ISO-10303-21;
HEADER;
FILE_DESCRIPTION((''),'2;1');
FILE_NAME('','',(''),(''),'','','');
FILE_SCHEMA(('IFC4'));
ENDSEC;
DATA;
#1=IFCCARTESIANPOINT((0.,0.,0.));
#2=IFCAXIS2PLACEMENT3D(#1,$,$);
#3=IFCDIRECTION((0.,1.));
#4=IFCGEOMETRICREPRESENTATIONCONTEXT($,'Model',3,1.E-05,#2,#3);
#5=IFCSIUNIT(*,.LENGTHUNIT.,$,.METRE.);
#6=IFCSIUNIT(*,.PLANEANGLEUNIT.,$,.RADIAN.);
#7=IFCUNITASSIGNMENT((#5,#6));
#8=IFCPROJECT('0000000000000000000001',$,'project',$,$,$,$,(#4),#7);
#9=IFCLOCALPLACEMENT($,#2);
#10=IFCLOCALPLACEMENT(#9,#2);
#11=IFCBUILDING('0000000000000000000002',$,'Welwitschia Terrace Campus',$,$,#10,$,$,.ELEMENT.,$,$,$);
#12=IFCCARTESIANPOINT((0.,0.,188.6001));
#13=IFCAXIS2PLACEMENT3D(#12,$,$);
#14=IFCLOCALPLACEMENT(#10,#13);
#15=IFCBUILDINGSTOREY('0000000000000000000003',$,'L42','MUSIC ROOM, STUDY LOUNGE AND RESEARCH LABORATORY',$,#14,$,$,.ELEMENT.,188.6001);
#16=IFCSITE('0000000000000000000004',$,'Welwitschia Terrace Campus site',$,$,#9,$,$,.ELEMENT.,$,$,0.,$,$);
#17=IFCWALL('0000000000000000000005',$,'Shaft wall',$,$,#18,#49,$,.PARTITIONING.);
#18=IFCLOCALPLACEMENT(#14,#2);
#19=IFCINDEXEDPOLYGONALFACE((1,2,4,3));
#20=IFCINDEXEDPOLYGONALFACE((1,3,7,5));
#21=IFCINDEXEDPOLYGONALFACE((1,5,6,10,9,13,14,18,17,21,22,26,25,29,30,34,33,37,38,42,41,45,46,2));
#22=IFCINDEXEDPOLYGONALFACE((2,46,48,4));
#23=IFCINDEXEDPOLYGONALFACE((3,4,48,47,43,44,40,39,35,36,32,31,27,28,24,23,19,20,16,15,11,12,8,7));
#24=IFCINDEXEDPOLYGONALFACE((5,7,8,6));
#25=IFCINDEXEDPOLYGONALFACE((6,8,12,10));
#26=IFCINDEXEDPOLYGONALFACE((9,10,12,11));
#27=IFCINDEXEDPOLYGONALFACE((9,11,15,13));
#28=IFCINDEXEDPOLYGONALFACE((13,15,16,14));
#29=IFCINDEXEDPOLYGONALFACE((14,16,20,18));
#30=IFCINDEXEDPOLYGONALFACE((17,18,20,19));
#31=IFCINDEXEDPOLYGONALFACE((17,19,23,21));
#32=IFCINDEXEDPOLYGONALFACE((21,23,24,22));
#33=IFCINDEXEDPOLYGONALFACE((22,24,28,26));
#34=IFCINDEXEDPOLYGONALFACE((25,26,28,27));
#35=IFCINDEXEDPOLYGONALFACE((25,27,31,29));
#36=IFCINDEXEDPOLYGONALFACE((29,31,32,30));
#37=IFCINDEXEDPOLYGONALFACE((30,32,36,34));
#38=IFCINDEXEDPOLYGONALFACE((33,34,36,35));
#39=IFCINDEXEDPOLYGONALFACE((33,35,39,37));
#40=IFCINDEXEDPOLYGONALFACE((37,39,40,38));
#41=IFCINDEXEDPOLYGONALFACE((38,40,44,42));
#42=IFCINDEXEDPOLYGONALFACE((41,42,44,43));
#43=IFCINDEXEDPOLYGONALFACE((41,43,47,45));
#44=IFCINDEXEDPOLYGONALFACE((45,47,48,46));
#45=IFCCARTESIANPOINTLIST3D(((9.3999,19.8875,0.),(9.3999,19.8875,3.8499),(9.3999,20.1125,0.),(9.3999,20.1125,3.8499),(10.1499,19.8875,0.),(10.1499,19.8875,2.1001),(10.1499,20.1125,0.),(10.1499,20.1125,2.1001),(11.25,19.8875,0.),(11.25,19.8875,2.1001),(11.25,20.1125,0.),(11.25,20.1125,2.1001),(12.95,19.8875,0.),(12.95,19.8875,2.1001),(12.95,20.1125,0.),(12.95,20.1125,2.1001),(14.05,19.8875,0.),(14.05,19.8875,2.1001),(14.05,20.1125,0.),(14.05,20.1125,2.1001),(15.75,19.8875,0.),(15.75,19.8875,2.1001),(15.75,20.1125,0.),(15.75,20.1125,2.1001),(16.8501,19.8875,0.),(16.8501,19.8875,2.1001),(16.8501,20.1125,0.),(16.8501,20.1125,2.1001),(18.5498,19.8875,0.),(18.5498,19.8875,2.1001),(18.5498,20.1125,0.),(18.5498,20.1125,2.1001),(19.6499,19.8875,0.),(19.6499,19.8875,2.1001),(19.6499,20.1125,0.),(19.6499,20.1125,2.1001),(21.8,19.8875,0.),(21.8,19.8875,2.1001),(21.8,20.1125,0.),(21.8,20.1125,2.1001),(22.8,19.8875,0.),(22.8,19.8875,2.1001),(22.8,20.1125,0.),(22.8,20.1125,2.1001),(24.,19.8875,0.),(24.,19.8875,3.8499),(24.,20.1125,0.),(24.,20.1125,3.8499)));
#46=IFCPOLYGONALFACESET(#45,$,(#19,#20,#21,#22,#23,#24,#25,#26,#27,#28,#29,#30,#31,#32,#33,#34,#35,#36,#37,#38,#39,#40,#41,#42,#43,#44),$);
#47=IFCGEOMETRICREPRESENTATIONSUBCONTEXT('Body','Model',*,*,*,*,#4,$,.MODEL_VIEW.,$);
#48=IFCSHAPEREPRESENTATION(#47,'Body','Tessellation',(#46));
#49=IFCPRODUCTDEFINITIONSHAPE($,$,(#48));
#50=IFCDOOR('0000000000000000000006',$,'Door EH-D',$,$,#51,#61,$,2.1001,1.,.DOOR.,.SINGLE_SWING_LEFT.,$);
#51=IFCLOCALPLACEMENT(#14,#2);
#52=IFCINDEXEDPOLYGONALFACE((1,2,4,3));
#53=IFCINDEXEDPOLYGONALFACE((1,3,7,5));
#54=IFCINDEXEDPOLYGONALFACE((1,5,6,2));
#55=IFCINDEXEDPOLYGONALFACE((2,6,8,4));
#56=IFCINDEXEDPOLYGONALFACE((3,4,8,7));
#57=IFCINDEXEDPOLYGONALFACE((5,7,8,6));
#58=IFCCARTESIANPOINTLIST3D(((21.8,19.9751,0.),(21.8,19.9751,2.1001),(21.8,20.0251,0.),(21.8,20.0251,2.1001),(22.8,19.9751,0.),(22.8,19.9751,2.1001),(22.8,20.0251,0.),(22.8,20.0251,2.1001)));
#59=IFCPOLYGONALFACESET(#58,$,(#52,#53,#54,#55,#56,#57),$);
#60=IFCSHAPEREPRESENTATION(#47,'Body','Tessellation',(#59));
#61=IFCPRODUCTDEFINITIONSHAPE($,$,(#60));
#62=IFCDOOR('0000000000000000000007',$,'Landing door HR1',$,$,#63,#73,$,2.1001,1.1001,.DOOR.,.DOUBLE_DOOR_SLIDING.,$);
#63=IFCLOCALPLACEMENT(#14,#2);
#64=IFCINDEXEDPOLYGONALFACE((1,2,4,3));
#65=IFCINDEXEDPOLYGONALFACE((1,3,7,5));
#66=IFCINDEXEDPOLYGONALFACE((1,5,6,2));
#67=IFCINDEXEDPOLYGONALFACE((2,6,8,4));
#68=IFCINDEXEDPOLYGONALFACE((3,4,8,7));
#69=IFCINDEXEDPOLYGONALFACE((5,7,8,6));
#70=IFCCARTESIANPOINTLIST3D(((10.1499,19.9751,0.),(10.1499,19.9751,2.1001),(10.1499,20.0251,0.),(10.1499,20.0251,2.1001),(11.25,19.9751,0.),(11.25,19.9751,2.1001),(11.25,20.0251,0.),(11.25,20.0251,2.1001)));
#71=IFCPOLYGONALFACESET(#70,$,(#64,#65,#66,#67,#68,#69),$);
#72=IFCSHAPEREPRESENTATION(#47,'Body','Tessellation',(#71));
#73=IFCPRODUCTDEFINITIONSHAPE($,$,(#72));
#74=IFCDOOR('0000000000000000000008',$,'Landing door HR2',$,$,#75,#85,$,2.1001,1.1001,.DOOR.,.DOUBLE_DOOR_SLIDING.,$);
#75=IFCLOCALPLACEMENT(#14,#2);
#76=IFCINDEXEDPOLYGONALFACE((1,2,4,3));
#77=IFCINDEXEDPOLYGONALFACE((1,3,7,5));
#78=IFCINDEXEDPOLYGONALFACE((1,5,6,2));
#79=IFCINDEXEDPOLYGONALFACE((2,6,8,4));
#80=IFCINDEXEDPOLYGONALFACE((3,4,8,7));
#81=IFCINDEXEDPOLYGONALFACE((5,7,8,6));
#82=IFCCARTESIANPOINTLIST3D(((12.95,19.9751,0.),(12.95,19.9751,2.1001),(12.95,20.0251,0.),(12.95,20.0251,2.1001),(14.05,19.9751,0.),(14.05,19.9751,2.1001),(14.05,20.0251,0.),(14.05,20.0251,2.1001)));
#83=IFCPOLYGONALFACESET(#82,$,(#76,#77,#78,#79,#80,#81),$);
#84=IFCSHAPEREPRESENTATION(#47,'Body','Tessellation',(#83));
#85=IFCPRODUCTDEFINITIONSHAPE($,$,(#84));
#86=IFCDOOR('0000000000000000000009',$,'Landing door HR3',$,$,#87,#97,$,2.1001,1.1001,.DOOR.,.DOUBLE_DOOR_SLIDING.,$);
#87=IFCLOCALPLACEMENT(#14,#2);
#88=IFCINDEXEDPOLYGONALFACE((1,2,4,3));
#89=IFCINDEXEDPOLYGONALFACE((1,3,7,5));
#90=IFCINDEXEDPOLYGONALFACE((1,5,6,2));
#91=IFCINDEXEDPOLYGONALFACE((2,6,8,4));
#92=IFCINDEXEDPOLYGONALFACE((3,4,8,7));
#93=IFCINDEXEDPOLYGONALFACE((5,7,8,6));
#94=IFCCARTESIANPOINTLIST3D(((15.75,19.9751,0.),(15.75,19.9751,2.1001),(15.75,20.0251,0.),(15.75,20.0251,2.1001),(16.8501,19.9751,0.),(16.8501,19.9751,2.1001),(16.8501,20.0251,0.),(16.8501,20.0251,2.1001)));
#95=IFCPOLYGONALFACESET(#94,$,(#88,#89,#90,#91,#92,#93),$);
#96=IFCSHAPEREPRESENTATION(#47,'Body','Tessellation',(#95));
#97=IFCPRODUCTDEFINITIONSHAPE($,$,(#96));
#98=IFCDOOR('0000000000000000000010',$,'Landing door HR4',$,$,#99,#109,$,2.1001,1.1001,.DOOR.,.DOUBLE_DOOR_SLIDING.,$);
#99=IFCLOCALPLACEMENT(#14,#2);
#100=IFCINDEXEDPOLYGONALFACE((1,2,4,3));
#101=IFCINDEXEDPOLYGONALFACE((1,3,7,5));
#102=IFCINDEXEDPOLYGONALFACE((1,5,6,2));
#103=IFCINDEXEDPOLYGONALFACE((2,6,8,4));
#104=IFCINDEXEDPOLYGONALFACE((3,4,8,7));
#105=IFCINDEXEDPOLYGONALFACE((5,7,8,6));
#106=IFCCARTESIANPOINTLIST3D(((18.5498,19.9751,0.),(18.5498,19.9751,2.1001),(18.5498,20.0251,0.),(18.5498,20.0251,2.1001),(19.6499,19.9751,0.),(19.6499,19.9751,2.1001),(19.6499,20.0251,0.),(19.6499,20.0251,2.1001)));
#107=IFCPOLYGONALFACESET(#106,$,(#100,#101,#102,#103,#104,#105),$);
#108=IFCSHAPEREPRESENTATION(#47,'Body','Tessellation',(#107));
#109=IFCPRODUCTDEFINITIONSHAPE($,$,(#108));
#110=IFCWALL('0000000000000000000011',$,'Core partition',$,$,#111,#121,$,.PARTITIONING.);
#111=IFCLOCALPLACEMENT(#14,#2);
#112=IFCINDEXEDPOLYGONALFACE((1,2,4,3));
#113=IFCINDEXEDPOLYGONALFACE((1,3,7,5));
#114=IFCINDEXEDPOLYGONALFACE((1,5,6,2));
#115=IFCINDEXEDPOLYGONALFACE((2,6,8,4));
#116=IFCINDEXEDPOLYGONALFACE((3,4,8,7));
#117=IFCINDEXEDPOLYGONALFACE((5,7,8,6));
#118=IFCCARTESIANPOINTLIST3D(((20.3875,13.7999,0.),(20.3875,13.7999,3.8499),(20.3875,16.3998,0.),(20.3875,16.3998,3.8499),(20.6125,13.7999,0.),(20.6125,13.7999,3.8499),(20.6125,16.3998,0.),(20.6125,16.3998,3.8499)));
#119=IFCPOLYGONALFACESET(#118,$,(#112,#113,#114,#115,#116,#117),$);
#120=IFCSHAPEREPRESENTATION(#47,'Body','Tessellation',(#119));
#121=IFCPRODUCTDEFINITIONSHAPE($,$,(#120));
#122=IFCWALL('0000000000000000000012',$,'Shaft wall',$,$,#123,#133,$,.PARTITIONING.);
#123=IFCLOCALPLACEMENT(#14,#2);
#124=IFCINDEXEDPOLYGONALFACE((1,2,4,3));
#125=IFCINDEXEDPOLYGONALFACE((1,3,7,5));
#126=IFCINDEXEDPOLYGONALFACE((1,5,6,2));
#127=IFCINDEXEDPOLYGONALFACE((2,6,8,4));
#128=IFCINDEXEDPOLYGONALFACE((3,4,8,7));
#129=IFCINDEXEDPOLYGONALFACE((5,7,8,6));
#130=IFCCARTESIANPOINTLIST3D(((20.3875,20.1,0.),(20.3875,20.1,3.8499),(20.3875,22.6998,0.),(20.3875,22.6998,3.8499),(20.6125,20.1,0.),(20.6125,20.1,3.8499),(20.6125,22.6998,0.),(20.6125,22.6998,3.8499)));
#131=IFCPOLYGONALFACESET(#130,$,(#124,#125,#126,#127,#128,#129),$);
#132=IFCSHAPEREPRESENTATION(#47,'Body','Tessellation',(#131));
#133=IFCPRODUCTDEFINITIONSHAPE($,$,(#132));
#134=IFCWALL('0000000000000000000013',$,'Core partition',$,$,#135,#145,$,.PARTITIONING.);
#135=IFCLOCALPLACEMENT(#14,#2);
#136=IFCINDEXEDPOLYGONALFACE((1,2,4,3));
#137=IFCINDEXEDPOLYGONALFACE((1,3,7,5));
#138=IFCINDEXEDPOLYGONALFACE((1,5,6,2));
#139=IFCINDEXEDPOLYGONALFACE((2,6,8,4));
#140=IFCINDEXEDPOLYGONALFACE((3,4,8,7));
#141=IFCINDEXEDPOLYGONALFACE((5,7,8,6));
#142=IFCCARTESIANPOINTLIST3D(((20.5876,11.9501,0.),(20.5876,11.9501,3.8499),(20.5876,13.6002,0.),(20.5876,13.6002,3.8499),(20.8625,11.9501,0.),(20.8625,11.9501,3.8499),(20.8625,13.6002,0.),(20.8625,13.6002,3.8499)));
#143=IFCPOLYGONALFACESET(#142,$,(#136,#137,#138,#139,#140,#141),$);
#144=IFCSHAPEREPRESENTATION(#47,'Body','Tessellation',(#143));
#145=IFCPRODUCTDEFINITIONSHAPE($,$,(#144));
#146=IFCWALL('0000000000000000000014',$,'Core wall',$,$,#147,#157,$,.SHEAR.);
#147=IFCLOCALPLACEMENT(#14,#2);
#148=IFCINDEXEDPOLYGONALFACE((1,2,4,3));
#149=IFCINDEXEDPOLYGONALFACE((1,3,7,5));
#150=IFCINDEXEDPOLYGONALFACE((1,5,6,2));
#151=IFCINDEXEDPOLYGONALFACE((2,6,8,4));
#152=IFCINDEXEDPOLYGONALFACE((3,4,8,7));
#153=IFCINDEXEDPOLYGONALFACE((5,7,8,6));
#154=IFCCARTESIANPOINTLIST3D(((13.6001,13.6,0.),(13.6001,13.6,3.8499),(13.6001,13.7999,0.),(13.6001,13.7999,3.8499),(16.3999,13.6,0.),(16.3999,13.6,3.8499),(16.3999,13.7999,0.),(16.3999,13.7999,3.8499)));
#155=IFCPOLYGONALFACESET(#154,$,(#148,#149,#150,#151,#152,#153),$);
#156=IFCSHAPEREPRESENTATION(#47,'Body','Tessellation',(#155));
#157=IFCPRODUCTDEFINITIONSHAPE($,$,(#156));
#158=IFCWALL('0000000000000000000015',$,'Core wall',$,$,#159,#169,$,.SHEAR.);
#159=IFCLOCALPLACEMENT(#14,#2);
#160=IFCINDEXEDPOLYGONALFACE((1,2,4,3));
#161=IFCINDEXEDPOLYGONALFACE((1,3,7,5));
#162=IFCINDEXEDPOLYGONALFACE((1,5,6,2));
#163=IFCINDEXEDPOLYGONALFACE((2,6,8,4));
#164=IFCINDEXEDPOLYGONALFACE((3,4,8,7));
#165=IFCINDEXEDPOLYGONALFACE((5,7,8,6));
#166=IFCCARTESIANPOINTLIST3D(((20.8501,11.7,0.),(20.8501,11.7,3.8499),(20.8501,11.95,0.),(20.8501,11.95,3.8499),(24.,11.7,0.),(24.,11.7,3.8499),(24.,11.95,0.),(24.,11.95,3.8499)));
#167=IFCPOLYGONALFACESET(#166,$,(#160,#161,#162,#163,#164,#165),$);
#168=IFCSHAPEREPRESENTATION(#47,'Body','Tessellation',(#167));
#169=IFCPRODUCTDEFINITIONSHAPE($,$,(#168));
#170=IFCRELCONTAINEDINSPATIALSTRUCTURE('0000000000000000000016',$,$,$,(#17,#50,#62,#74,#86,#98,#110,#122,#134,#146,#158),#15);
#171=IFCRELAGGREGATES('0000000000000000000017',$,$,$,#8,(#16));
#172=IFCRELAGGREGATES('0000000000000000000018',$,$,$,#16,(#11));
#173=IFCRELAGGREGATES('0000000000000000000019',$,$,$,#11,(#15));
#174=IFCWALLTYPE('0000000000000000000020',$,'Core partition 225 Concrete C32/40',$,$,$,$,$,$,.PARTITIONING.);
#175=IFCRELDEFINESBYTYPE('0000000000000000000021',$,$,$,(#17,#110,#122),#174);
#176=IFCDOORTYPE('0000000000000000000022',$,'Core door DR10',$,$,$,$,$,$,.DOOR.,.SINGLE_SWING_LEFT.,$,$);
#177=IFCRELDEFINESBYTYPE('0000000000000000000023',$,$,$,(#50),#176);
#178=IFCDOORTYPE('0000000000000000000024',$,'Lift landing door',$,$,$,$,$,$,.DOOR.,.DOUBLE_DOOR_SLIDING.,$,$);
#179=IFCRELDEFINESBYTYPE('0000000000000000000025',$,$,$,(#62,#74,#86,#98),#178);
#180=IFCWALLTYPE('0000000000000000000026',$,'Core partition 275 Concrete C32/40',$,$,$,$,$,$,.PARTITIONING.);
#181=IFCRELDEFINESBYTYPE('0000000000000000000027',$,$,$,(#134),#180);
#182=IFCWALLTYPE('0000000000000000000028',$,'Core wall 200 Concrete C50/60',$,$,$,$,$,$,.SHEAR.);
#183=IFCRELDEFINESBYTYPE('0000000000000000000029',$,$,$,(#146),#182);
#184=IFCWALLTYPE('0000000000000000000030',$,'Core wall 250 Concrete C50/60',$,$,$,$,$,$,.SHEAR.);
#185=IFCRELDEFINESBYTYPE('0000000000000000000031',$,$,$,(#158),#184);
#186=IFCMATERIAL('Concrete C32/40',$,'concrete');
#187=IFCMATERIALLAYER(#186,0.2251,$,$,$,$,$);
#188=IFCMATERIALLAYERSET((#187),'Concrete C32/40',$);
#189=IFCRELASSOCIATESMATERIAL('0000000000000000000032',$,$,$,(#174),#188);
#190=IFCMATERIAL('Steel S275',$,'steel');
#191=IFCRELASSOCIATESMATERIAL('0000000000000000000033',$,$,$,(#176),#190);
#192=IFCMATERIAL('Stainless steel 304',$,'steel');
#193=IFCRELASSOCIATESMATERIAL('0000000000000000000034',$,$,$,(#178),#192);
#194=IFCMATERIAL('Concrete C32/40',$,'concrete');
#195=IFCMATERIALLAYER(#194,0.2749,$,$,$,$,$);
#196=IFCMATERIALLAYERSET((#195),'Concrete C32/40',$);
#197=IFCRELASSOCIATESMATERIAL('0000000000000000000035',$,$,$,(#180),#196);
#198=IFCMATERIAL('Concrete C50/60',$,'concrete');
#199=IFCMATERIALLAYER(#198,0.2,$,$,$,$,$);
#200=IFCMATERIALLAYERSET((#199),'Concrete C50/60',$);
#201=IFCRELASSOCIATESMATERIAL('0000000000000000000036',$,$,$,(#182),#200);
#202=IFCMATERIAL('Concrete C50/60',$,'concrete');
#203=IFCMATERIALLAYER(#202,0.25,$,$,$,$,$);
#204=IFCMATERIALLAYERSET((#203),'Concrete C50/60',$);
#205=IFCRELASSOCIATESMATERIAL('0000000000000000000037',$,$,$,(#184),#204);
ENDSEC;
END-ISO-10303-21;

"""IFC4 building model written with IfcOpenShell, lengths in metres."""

from ifc_helpers import new_model, si_unit, direction, frame, frame_2d, origin, place, context, subcontext, project, spatial, rectangle, extrude, material, layer, layer_set, type_object, element, fill, save


model = new_model("IFC4")

# Units and contexts
model_context = context("Model", 3, precision=1e-05, world=origin(), true_north=direction((0.0, 1.0)))
body_context = subcontext(model_context, "Body", "Model", "MODEL_VIEW")
ifc_project = project(units=[si_unit("LENGTHUNIT", "METRE"), si_unit("PLANEANGLEUNIT", "RADIAN")], contexts=[model_context])

# Site, building, storey
site_placement = place(None, origin())
site = spatial("IfcSite", under=ifc_project, at=site_placement, Name="Welwitschia Terrace Campus site", CompositionType="ELEMENT", RefElevation=0.0)
building_placement = place(site_placement, origin())
building = spatial("IfcBuilding", under=site, at=building_placement, Name="Welwitschia Terrace Campus", CompositionType="ELEMENT")
storey_placement = place(building_placement, frame((0.0, 0.0, 188.6001)))
storey = spatial("IfcBuildingStorey", under=building, at=storey_placement, Name="L42", Description="MUSIC ROOM, STUDY LOUNGE AND RESEARCH LABORATORY", CompositionType="ELEMENT", Elevation=188.6001)

# Shared definitions
ifc_material_1 = material(Name="Concrete C32/40", Category="concrete")
ifc_layer_1 = layer(ifc_material_1, 0.2251)
ifc_layer_set_1 = layer_set([ifc_layer_1], Name="Concrete C32/40")
wall_type_1 = type_object("IfcWallType", Name="Core partition 225 Concrete C32/40", PredefinedType="PARTITIONING", material=ifc_layer_set_1)

# Wall, openings, doors
wall_1_placement = place(storey_placement, frame((24.0, 20.0, 0.0), z_axis=(0.0, 0.0, 1.0), x_axis=(-1.0, 0.0, 0.0)))
wall_1 = element("IfcWall", 1, at=wall_1_placement, inside=storey, type_object=wall_type_1, Name="Shaft wall", PredefinedType="PARTITIONING", context=body_context, shape_type="SweptSolid", body=[
    extrude(rectangle(XDim=14.6001, YDim=0.2251, at=frame_2d((7.3, 0.0))), origin(), (0.0, 0.0, 1.0), 3.8499),
])
opening_1_placement = place(wall_1_placement, frame((12.75, 0.0, 0.0)))
opening_1 = element("IfcOpeningElement", 2, at=opening_1_placement, cuts=wall_1, PredefinedType="OPENING", context=body_context, shape_type="SweptSolid", body=[
    extrude(rectangle(XDim=1.1001, YDim=2.1001, at=frame_2d((0.55, 1.05))), frame((0.0, 0.1226, 0.0), z_axis=(0.0, -1.0, 0.0), x_axis=(1.0, 0.0, 0.0)), (0.0, 0.0, 1.0), 0.2451),
])
opening_2_placement = place(wall_1_placement, frame((9.95, 0.0, 0.0)))
opening_2 = element("IfcOpeningElement", 3, at=opening_2_placement, cuts=wall_1, PredefinedType="OPENING", context=body_context, shape_type="SweptSolid", body=[
    extrude(rectangle(XDim=1.1001, YDim=2.1001, at=frame_2d((0.55, 1.05))), frame((0.0, 0.1226, 0.0), z_axis=(0.0, -1.0, 0.0), x_axis=(1.0, 0.0, 0.0)), (0.0, 0.0, 1.0), 0.2451),
])
opening_3_placement = place(wall_1_placement, frame((7.1499, 0.0, 0.0)))
opening_3 = element("IfcOpeningElement", 4, at=opening_3_placement, cuts=wall_1, PredefinedType="OPENING", context=body_context, shape_type="SweptSolid", body=[
    extrude(rectangle(XDim=1.1001, YDim=2.1001, at=frame_2d((0.55, 1.05))), frame((0.0, 0.1226, 0.0), z_axis=(0.0, -1.0, 0.0), x_axis=(1.0, 0.0, 0.0)), (0.0, 0.0, 1.0), 0.2451),
])
opening_4_placement = place(wall_1_placement, frame((4.3501, 0.0, 0.0)))
opening_4 = element("IfcOpeningElement", 5, at=opening_4_placement, cuts=wall_1, PredefinedType="OPENING", context=body_context, shape_type="SweptSolid", body=[
    extrude(rectangle(XDim=1.1001, YDim=2.1001, at=frame_2d((0.55, 1.05))), frame((0.0, 0.1226, 0.0), z_axis=(0.0, -1.0, 0.0), x_axis=(1.0, 0.0, 0.0)), (0.0, 0.0, 1.0), 0.2451),
])
opening_5_placement = place(wall_1_placement, frame((1.2, 0.0, 0.0)))
opening_5 = element("IfcOpeningElement", 6, at=opening_5_placement, cuts=wall_1, PredefinedType="OPENING", context=body_context, shape_type="SweptSolid", body=[
    extrude(rectangle(XDim=1.0, YDim=2.1001, at=frame_2d((0.5, 1.05))), frame((0.0, 0.1226, 0.0), z_axis=(0.0, -1.0, 0.0), x_axis=(1.0, 0.0, 0.0)), (0.0, 0.0, 1.0), 0.2451),
])
ifc_material_2 = material(Name="Steel S275", Category="steel")
door_type_1 = type_object("IfcDoorType", Name="Core door DR10", OperationType="SINGLE_SWING_LEFT", PredefinedType="DOOR", material=ifc_material_2)
door_1_placement = place(opening_5_placement, origin())
door_1 = element("IfcDoor", 7, at=door_1_placement, inside=storey, type_object=door_type_1, Name="Door EH-D", OperationType="SINGLE_SWING_LEFT", OverallHeight=2.1001, OverallWidth=1.0, PredefinedType="DOOR", context=body_context, shape_type="SweptSolid", body=[
    extrude(rectangle(XDim=1.0, YDim=2.1001, at=frame_2d((0.5, 1.05))), frame((0.0, 0.0249, 0.0), z_axis=(0.0, -1.0, 0.0), x_axis=(1.0, 0.0, 0.0)), (0.0, 0.0, 1.0), 0.05),
])
fill(opening_5, door_1)
ifc_material_3 = material(Name="Stainless steel 304", Category="steel")
door_type_2 = type_object("IfcDoorType", Name="Lift landing door", OperationType="DOUBLE_DOOR_SLIDING", PredefinedType="DOOR", material=ifc_material_3)
door_2_placement = place(opening_1_placement, origin())
door_2 = element("IfcDoor", 8, at=door_2_placement, inside=storey, type_object=door_type_2, Name="Landing door HR1", OperationType="DOUBLE_DOOR_SLIDING", OverallHeight=2.1001, OverallWidth=1.1001, PredefinedType="DOOR", context=body_context, shape_type="SweptSolid", body=[
    extrude(rectangle(XDim=1.1001, YDim=2.1001, at=frame_2d((0.55, 1.05))), frame((0.0, 0.0249, 0.0), z_axis=(0.0, -1.0, 0.0), x_axis=(1.0, 0.0, 0.0)), (0.0, 0.0, 1.0), 0.05),
])
fill(opening_1, door_2)
door_3_placement = place(opening_2_placement, origin())
door_3 = element("IfcDoor", 9, at=door_3_placement, inside=storey, type_object=door_type_2, Name="Landing door HR2", OperationType="DOUBLE_DOOR_SLIDING", OverallHeight=2.1001, OverallWidth=1.1001, PredefinedType="DOOR", context=body_context, shape_type="SweptSolid", body=[
    extrude(rectangle(XDim=1.1001, YDim=2.1001, at=frame_2d((0.55, 1.05))), frame((0.0, 0.0249, 0.0), z_axis=(0.0, -1.0, 0.0), x_axis=(1.0, 0.0, 0.0)), (0.0, 0.0, 1.0), 0.05),
])
fill(opening_2, door_3)
door_4_placement = place(opening_3_placement, origin())
door_4 = element("IfcDoor", 10, at=door_4_placement, inside=storey, type_object=door_type_2, Name="Landing door HR3", OperationType="DOUBLE_DOOR_SLIDING", OverallHeight=2.1001, OverallWidth=1.1001, PredefinedType="DOOR", context=body_context, shape_type="SweptSolid", body=[
    extrude(rectangle(XDim=1.1001, YDim=2.1001, at=frame_2d((0.55, 1.05))), frame((0.0, 0.0249, 0.0), z_axis=(0.0, -1.0, 0.0), x_axis=(1.0, 0.0, 0.0)), (0.0, 0.0, 1.0), 0.05),
])
fill(opening_3, door_4)
door_5_placement = place(opening_4_placement, origin())
door_5 = element("IfcDoor", 11, at=door_5_placement, inside=storey, type_object=door_type_2, Name="Landing door HR4", OperationType="DOUBLE_DOOR_SLIDING", OverallHeight=2.1001, OverallWidth=1.1001, PredefinedType="DOOR", context=body_context, shape_type="SweptSolid", body=[
    extrude(rectangle(XDim=1.1001, YDim=2.1001, at=frame_2d((0.55, 1.05))), frame((0.0, 0.0249, 0.0), z_axis=(0.0, -1.0, 0.0), x_axis=(1.0, 0.0, 0.0)), (0.0, 0.0, 1.0), 0.05),
])
fill(opening_4, door_5)

# Walls
for number, where, z_axis, x_axis, name in (
    (12, (20.5, 13.8, 0.0), (0.0, 0.0, 1.0), (0.0, 1.0, 0.0), "Core partition"),
    (13, (20.5, 20.1001, 0.0), (0.0, 0.0, 1.0), (0.0, 1.0, 0.0), "Shaft wall"),
):
    element("IfcWall", number, at=place(storey_placement, frame(where, z_axis=z_axis, x_axis=x_axis)), inside=storey, type_object=wall_type_1, Name=name, PredefinedType="PARTITIONING", context=body_context, shape_type="SweptSolid", body=[
        extrude(rectangle(XDim=2.5999, YDim=0.2251, at=frame_2d((1.2998, 0.0))), origin(), (0.0, 0.0, 1.0), 3.8499),
    ])
ifc_material_4 = material(Name="Concrete C32/40", Category="concrete")
ifc_layer_2 = layer(ifc_material_4, 0.2749)
ifc_layer_set_2 = layer_set([ifc_layer_2], Name="Concrete C32/40")
wall_type_2 = type_object("IfcWallType", Name="Core partition 275 Concrete C32/40", PredefinedType="PARTITIONING", material=ifc_layer_set_2)
wall_2_placement = place(storey_placement, frame((20.7251, 11.95, 0.0), z_axis=(0.0, 0.0, 1.0), x_axis=(0.0, 1.0, 0.0)))
element("IfcWall", 14, at=wall_2_placement, inside=storey, type_object=wall_type_2, Name="Core partition", PredefinedType="PARTITIONING", context=body_context, shape_type="SweptSolid", body=[
    extrude(rectangle(XDim=1.6501, YDim=0.2749, at=frame_2d((0.8252, 0.0))), origin(), (0.0, 0.0, 1.0), 3.8499),
])
ifc_material_5 = material(Name="Concrete C50/60", Category="concrete")
ifc_layer_3 = layer(ifc_material_5, 0.2)
ifc_layer_set_3 = layer_set([ifc_layer_3], Name="Concrete C50/60")
wall_type_3 = type_object("IfcWallType", Name="Core wall 200 Concrete C50/60", PredefinedType="SHEAR", material=ifc_layer_set_3)
wall_3_placement = place(storey_placement, frame((13.6001, 13.7, 0.0), z_axis=(0.0, 0.0, 1.0), x_axis=(1.0, 0.0, 0.0)))
element("IfcWall", 15, at=wall_3_placement, inside=storey, type_object=wall_type_3, Name="Core wall", PredefinedType="SHEAR", context=body_context, shape_type="SweptSolid", body=[
    extrude(rectangle(XDim=2.7998, YDim=0.2, at=frame_2d((1.3999, 0.0))), origin(), (0.0, 0.0, 1.0), 3.8499),
])
ifc_material_6 = material(Name="Concrete C50/60", Category="concrete")
ifc_layer_4 = layer(ifc_material_6, 0.25)
ifc_layer_set_4 = layer_set([ifc_layer_4], Name="Concrete C50/60")
wall_type_4 = type_object("IfcWallType", Name="Core wall 250 Concrete C50/60", PredefinedType="SHEAR", material=ifc_layer_set_4)
wall_4_placement = place(storey_placement, frame((20.8501, 11.825, 0.0), z_axis=(0.0, 0.0, 1.0), x_axis=(1.0, 0.0, 0.0)))
element("IfcWall", 16, at=wall_4_placement, inside=storey, type_object=wall_type_4, Name="Core wall", PredefinedType="SHEAR", context=body_context, shape_type="SweptSolid", body=[
    extrude(rectangle(XDim=3.1499, YDim=0.25, at=frame_2d((1.575, 0.0))), origin(), (0.0, 0.0, 1.0), 3.8499),
])

save(model, "model.ifc")
